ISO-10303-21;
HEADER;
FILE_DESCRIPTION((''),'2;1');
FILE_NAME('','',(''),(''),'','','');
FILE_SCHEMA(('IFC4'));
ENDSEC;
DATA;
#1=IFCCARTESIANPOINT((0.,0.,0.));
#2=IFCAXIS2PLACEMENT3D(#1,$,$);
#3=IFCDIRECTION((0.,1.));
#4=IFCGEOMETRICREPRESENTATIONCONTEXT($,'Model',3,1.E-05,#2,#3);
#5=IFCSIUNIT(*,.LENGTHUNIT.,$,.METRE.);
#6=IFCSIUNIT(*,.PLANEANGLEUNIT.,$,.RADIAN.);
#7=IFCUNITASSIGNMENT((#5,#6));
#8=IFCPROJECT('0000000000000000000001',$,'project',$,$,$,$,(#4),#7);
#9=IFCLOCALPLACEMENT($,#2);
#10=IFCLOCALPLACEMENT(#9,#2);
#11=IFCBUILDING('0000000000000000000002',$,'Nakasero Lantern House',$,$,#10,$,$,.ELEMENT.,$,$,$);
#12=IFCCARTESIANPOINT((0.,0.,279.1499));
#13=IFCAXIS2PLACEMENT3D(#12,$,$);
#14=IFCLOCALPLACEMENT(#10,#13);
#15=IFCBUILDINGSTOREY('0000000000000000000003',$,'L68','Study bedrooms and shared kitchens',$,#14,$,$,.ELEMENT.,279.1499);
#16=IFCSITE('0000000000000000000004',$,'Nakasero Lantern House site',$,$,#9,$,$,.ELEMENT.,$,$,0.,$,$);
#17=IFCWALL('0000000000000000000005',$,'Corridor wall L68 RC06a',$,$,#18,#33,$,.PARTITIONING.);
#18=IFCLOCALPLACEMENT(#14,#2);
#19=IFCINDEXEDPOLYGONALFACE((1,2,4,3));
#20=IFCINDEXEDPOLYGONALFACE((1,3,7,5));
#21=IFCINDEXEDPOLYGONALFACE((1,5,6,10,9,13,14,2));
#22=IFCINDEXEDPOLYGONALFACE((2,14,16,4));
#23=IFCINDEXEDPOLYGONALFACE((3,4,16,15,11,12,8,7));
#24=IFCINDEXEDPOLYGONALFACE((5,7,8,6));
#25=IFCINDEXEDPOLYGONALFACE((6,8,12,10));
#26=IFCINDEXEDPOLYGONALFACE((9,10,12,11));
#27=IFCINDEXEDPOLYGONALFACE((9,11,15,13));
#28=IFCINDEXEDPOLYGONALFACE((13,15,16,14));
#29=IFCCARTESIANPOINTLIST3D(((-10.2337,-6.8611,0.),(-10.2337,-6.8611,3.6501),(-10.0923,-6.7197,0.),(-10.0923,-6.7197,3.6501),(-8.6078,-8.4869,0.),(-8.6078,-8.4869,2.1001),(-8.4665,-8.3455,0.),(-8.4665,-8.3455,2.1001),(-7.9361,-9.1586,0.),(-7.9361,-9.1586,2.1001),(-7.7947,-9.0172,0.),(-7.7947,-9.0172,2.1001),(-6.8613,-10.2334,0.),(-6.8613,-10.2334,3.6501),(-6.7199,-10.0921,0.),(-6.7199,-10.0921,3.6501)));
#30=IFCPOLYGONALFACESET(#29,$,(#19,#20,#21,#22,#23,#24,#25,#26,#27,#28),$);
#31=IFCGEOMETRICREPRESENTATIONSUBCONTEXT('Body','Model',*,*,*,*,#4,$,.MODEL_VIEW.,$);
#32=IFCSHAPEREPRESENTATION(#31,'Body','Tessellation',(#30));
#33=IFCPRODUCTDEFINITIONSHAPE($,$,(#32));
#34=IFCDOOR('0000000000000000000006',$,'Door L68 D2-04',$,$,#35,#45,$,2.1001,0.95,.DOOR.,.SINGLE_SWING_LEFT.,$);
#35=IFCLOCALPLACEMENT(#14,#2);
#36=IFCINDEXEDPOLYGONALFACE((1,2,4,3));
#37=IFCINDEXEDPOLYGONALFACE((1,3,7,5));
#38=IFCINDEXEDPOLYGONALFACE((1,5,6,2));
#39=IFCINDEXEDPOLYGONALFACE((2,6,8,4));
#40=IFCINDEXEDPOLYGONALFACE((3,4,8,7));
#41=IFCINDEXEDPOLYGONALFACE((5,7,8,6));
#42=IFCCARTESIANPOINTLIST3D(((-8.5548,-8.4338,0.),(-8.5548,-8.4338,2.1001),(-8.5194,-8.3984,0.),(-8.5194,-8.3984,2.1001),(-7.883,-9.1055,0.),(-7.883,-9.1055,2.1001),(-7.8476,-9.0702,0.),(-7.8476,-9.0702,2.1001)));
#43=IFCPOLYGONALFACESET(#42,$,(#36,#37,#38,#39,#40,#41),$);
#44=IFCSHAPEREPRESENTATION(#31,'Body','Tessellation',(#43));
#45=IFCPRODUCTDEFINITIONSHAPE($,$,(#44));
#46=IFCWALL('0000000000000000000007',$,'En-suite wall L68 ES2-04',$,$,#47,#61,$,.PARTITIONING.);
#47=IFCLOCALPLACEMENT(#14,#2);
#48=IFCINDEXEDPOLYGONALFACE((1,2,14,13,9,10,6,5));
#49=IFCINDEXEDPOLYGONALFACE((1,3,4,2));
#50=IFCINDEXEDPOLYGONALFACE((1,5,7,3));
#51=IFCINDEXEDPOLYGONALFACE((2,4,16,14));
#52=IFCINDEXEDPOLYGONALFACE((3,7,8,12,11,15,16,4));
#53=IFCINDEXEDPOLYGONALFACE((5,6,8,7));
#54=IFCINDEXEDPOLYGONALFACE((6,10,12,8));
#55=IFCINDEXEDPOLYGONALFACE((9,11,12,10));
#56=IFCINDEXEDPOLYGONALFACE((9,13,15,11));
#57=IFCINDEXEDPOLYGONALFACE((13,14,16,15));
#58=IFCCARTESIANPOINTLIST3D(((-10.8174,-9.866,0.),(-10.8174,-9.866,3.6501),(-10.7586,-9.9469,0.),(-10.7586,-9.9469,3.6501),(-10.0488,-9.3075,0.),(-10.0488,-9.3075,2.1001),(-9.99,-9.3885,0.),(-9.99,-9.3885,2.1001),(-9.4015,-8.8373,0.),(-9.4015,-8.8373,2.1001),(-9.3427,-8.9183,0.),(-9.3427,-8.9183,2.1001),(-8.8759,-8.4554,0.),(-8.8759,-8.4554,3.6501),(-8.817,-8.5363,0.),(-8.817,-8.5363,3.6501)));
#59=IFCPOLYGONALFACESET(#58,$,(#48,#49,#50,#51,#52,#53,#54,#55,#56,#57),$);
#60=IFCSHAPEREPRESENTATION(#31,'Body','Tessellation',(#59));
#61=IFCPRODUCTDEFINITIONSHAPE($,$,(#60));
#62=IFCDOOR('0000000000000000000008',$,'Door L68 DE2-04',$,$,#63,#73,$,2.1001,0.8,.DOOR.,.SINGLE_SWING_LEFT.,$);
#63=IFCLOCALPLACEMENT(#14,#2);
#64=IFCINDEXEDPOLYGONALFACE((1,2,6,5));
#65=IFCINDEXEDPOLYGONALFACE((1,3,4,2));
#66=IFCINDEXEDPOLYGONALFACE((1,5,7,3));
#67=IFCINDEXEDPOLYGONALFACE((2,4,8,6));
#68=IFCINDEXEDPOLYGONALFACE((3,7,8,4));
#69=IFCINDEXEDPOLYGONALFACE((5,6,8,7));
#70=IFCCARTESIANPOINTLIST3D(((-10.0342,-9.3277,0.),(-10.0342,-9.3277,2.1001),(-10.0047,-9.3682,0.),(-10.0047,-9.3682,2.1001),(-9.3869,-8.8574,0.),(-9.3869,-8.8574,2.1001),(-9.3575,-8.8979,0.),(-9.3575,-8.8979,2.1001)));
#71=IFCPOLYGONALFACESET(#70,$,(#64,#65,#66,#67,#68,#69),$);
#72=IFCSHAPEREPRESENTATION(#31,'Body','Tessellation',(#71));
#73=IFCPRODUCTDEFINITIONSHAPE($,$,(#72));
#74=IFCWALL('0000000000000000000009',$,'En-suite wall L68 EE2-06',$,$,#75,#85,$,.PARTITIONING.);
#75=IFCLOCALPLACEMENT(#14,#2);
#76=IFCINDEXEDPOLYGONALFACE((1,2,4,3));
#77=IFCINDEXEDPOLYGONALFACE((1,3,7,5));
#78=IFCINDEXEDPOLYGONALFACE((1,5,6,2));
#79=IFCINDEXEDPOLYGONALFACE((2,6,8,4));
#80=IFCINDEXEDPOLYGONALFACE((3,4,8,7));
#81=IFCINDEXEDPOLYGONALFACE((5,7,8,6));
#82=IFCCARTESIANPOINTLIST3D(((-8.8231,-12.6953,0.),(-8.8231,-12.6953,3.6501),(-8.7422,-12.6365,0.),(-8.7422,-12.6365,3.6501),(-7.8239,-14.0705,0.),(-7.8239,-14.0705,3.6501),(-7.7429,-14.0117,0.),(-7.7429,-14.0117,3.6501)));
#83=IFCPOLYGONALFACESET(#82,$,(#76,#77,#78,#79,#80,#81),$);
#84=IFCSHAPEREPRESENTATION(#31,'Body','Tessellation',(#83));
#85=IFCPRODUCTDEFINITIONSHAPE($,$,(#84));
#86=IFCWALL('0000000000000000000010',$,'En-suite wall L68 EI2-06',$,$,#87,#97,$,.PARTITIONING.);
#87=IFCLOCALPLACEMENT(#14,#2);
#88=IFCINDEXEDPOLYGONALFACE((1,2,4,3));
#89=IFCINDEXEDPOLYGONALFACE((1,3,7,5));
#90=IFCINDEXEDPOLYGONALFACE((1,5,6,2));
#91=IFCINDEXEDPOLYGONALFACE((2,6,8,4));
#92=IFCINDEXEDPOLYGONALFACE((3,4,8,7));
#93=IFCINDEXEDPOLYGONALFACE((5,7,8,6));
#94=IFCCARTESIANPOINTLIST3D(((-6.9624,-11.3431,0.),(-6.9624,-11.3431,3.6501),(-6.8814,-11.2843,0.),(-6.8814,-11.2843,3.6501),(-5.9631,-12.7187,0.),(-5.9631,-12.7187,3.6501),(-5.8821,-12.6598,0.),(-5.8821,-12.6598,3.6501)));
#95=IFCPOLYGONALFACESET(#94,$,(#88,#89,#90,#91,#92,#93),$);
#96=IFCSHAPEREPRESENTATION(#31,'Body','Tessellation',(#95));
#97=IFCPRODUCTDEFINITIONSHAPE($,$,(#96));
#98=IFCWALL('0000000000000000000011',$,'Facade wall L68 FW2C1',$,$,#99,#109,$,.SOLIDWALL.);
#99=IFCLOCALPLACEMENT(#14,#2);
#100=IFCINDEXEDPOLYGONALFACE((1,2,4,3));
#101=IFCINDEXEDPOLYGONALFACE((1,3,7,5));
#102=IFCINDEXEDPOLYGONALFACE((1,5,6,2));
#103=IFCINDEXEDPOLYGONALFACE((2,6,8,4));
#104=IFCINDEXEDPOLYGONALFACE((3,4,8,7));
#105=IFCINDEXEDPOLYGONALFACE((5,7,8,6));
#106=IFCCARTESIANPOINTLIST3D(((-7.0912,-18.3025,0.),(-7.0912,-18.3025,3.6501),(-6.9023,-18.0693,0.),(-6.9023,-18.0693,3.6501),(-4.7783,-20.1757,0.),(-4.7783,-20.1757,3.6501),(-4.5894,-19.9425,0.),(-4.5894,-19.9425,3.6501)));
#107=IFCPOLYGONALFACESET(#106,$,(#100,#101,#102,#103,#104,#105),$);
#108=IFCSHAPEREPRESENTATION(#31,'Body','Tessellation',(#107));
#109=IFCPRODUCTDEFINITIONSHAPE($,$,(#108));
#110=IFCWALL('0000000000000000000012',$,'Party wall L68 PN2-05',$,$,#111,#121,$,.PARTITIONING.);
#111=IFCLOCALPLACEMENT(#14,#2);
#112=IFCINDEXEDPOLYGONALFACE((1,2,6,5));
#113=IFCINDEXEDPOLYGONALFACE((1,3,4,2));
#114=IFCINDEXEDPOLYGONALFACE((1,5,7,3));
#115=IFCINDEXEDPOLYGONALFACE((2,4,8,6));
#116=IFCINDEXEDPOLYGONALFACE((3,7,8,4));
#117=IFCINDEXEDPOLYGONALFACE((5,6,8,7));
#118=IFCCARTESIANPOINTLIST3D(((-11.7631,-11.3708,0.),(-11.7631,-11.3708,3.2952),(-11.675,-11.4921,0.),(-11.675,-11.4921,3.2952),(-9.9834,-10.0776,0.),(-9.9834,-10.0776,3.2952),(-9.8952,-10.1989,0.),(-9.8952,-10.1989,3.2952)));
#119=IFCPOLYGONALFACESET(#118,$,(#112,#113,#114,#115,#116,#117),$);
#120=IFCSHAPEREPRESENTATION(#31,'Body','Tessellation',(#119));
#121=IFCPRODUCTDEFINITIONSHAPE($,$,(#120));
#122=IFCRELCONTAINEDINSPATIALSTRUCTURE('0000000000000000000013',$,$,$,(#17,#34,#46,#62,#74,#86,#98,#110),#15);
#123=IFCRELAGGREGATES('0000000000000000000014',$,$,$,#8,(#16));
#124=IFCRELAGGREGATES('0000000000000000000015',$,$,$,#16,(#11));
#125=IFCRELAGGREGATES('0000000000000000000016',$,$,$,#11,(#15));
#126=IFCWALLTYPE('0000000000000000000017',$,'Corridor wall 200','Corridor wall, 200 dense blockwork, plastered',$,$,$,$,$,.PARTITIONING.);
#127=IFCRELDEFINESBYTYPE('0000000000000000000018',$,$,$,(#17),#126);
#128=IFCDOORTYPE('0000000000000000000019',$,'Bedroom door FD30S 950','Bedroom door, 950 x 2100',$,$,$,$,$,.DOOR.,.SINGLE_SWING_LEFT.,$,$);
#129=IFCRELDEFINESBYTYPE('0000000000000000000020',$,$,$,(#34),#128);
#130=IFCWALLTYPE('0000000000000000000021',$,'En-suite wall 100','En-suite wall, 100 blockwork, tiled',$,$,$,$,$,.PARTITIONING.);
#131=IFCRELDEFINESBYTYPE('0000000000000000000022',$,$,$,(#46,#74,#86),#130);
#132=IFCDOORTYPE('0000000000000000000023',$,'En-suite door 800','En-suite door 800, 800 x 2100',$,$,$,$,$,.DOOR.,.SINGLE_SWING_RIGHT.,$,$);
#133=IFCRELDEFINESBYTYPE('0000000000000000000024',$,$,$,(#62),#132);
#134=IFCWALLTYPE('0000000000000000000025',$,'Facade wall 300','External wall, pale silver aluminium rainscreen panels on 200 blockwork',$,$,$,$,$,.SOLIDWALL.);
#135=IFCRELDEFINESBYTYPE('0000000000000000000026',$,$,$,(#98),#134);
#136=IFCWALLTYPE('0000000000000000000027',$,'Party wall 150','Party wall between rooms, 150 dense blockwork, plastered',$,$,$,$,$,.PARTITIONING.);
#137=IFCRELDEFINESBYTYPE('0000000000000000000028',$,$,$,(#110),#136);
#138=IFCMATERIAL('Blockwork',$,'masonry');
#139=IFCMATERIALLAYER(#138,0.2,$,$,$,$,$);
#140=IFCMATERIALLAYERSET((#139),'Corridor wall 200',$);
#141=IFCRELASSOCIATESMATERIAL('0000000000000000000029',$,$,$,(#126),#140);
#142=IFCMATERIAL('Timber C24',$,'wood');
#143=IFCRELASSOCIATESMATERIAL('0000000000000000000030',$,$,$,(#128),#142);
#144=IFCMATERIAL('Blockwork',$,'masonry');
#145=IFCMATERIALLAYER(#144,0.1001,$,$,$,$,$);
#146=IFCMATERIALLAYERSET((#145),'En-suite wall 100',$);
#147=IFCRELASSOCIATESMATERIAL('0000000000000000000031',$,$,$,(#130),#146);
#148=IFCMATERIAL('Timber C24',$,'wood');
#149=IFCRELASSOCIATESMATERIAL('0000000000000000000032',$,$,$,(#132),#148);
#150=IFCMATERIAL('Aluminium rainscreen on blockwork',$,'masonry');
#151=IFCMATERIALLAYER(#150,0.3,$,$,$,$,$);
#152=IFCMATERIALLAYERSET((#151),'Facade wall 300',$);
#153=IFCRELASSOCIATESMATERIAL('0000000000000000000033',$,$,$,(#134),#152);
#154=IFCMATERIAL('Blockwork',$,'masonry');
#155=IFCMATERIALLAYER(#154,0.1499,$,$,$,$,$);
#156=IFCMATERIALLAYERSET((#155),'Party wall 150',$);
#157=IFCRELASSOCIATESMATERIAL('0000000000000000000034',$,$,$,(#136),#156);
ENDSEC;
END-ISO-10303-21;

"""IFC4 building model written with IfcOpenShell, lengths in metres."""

from ifc_helpers import new_model, si_unit, direction, frame, frame_2d, origin, place, context, subcontext, project, spatial, rectangle, extrude, material, layer, layer_set, type_object, element, fill, save


model = new_model("IFC4")

# Units and contexts
model_context = context("Model", 3, precision=1e-05, world=origin(), true_north=direction((0.0, 1.0)))
body_context = subcontext(model_context, "Body", "Model", "MODEL_VIEW")
ifc_project = project(units=[si_unit("LENGTHUNIT", "METRE"), si_unit("PLANEANGLEUNIT", "RADIAN")], contexts=[model_context])

# Site, building, storey
site_placement = place(None, origin())
site = spatial("IfcSite", under=ifc_project, at=site_placement, Name="Nakasero Lantern House site", CompositionType="ELEMENT", RefElevation=0.0)
building_placement = place(site_placement, origin())
building = spatial("IfcBuilding", under=site, at=building_placement, Name="Nakasero Lantern House", CompositionType="ELEMENT")
storey_placement = place(building_placement, frame((0.0, 0.0, 279.1499)))
storey = spatial("IfcBuildingStorey", under=building, at=storey_placement, Name="L68", Description="Study bedrooms and shared kitchens", CompositionType="ELEMENT", Elevation=279.1499)

# Walls, openings, doors
ifc_material_1 = material(Name="Blockwork", Category="masonry")
ifc_layer_1 = layer(ifc_material_1, 0.2)
ifc_layer_set_1 = layer_set([ifc_layer_1], Name="Corridor wall 200")
wall_type_1 = type_object("IfcWallType", Name="Corridor wall 200", Description="Corridor wall, 200 dense blockwork, plastered", PredefinedType="PARTITIONING", material=ifc_layer_set_1)
wall_1_placement = place(storey_placement, frame((-6.7905, -10.1628, 0.0), z_axis=(0.0, 0.0, 1.0), x_axis=(-0.707107, 0.707107, 0.0)))
wall_1 = element("IfcWall", 1, at=wall_1_placement, inside=storey, type_object=wall_type_1, Name="Corridor wall L68 RC06a", PredefinedType="PARTITIONING", context=body_context, shape_type="SweptSolid", body=[
    extrude(rectangle(XDim=4.7693, YDim=0.2, at=frame_2d((2.3848, 0.0))), origin(), (0.0, 0.0, 1.0), 3.6501),
])
opening_1_placement = place(wall_1_placement, frame((1.52, 0.0, 0.0)))
opening_1 = element("IfcOpeningElement", 2, at=opening_1_placement, cuts=wall_1, PredefinedType="OPENING", context=body_context, shape_type="SweptSolid", body=[
    extrude(rectangle(XDim=0.95, YDim=2.1001, at=frame_2d((0.4751, 1.05))), frame((0.0, 0.1199, 0.0), z_axis=(0.0, -1.0, 0.0), x_axis=(1.0, 0.0, 0.0)), (0.0, 0.0, 1.0), 0.24),
])
ifc_material_2 = material(Name="Timber C24", Category="wood")
door_type_1 = type_object("IfcDoorType", Name="Bedroom door FD30S 950", Description="Bedroom door, 950 x 2100", OperationType="SINGLE_SWING_LEFT", PredefinedType="DOOR", material=ifc_material_2)
door_1_placement = place(opening_1_placement, origin())
door_1 = element("IfcDoor", 3, at=door_1_placement, inside=storey, type_object=door_type_1, Name="Door L68 D2-04", OperationType="SINGLE_SWING_LEFT", OverallHeight=2.1001, OverallWidth=0.95, PredefinedType="DOOR", context=body_context, shape_type="SweptSolid", body=[
    extrude(rectangle(XDim=0.95, YDim=2.1001, at=frame_2d((0.4751, 1.05))), frame((0.0, 0.0249, 0.0), z_axis=(0.0, -1.0, 0.0), x_axis=(1.0, 0.0, 0.0)), (0.0, 0.0, 1.0), 0.05),
])
fill(opening_1, door_1)
ifc_material_3 = material(Name="Blockwork", Category="masonry")
ifc_layer_2 = layer(ifc_material_3, 0.1001)
ifc_layer_set_2 = layer_set([ifc_layer_2], Name="En-suite wall 100")
wall_type_2 = type_object("IfcWallType", Name="En-suite wall 100", Description="En-suite wall, 100 blockwork, tiled", PredefinedType="PARTITIONING", material=ifc_layer_set_2)
wall_2_placement = place(storey_placement, frame((-8.8464, -8.4958, 0.0), z_axis=(0.0, 0.0, 1.0), x_axis=(-0.809026, -0.587772, 0.0)))
wall_2 = element("IfcWall", 4, at=wall_2_placement, inside=storey, type_object=wall_type_2, Name="En-suite wall L68 ES2-04", PredefinedType="PARTITIONING", context=body_context, shape_type="SweptSolid", body=[
    extrude(rectangle(XDim=2.3999, YDim=0.1001, at=frame_2d((1.2, 0.0))), origin(), (0.0, 0.0, 1.0), 3.6501),
])
opening_2_placement = place(wall_2_placement, frame((0.6499, 0.0, 0.0)))
opening_2 = element("IfcOpeningElement", 5, at=opening_2_placement, cuts=wall_2, PredefinedType="OPENING", context=body_context, shape_type="SweptSolid", body=[
    extrude(rectangle(XDim=0.8, YDim=2.1001, at=frame_2d((0.3999, 1.05))), frame((0.0, 0.0701, 0.0), z_axis=(0.0, -1.0, 0.0), x_axis=(1.0, 0.0, 0.0)), (0.0, 0.0, 1.0), 0.1401),
])
ifc_material_4 = material(Name="Timber C24", Category="wood")
door_type_2 = type_object("IfcDoorType", Name="En-suite door 800", Description="En-suite door 800, 800 x 2100", OperationType="SINGLE_SWING_RIGHT", PredefinedType="DOOR", material=ifc_material_4)
door_2_placement = place(opening_2_placement, origin())
door_2 = element("IfcDoor", 6, at=door_2_placement, inside=storey, type_object=door_type_2, Name="Door L68 DE2-04", OperationType="SINGLE_SWING_LEFT", OverallHeight=2.1001, OverallWidth=0.8, PredefinedType="DOOR", context=body_context, shape_type="SweptSolid", body=[
    extrude(rectangle(XDim=0.8, YDim=2.1001, at=frame_2d((0.3999, 1.05))), frame((0.0, 0.0249, 0.0), z_axis=(0.0, -1.0, 0.0), x_axis=(1.0, 0.0, 0.0)), (0.0, 0.0, 1.0), 0.05),
])
fill(opening_2, door_2)

# Walls
wall_3_placement = place(storey_placement, frame((-8.7827, -12.6658, 0.0), z_axis=(0.0, 0.0, 1.0), x_axis=(0.587822, -0.808991, 0.0)))
element("IfcWall", 7, at=wall_3_placement, inside=storey, type_object=wall_type_2, Name="En-suite wall L68 EE2-06", PredefinedType="PARTITIONING", context=body_context, shape_type="SweptSolid", body=[
    extrude(rectangle(XDim=1.7, YDim=0.1001, at=frame_2d((0.8501, 0.0))), origin(), (0.0, 0.0, 1.0), 3.6501),
])
wall_4_placement = place(storey_placement, frame((-6.9219, -11.3137, 0.0), z_axis=(0.0, 0.0, 1.0), x_axis=(0.587753, -0.80904, 0.0)))
element("IfcWall", 8, at=wall_4_placement, inside=storey, type_object=wall_type_2, Name="En-suite wall L68 EI2-06", PredefinedType="PARTITIONING", context=body_context, shape_type="SweptSolid", body=[
    extrude(rectangle(XDim=1.7002, YDim=0.1001, at=frame_2d((0.8501, 0.0))), origin(), (0.0, 0.0, 1.0), 3.6501),
])
ifc_material_5 = material(Name="Aluminium rainscreen on blockwork", Category="masonry")
ifc_layer_3 = layer(ifc_material_5, 0.3)
ifc_layer_set_3 = layer_set([ifc_layer_3], Name="Facade wall 300")
wall_type_3 = type_object("IfcWallType", Name="Facade wall 300", Description="External wall, pale silver aluminium rainscreen panels on 200 blockwork", PredefinedType="SOLIDWALL", material=ifc_layer_set_3)
wall_5_placement = place(storey_placement, frame((-6.9968, -18.1858, 0.0), z_axis=(0.0, 0.0, 1.0), x_axis=(0.777102, -0.629375, 0.0)))
element("IfcWall", 9, at=wall_5_placement, inside=storey, type_object=wall_type_3, Name="Facade wall L68 FW2C1", PredefinedType="SOLIDWALL", context=body_context, shape_type="SweptSolid", body=[
    extrude(rectangle(XDim=2.9763, YDim=0.3, at=frame_2d((1.4883, 0.0))), origin(), (0.0, 0.0, 1.0), 3.6501),
])
ifc_material_6 = material(Name="Blockwork", Category="masonry")
ifc_layer_4 = layer(ifc_material_6, 0.1499)
ifc_layer_set_4 = layer_set([ifc_layer_4], Name="Party wall 150")
wall_type_4 = type_object("IfcWallType", Name="Party wall 150", Description="Party wall between rooms, 150 dense blockwork, plastered", PredefinedType="PARTITIONING", material=ifc_layer_set_4)
wall_6_placement = place(storey_placement, frame((-9.9392, -10.1382, 0.0), z_axis=(0.0, 0.0, 1.0), x_axis=(-0.80899, -0.587822, 0.0)))
element("IfcWall", 10, at=wall_6_placement, inside=storey, type_object=wall_type_4, Name="Party wall L68 PN2-05", PredefinedType="PARTITIONING", context=body_context, shape_type="SweptSolid", body=[
    extrude(rectangle(XDim=2.2, YDim=0.1499, at=frame_2d((1.1001, 0.0))), origin(), (0.0, 0.0, 1.0), 3.2952),
])

save(model, "model.ifc")
